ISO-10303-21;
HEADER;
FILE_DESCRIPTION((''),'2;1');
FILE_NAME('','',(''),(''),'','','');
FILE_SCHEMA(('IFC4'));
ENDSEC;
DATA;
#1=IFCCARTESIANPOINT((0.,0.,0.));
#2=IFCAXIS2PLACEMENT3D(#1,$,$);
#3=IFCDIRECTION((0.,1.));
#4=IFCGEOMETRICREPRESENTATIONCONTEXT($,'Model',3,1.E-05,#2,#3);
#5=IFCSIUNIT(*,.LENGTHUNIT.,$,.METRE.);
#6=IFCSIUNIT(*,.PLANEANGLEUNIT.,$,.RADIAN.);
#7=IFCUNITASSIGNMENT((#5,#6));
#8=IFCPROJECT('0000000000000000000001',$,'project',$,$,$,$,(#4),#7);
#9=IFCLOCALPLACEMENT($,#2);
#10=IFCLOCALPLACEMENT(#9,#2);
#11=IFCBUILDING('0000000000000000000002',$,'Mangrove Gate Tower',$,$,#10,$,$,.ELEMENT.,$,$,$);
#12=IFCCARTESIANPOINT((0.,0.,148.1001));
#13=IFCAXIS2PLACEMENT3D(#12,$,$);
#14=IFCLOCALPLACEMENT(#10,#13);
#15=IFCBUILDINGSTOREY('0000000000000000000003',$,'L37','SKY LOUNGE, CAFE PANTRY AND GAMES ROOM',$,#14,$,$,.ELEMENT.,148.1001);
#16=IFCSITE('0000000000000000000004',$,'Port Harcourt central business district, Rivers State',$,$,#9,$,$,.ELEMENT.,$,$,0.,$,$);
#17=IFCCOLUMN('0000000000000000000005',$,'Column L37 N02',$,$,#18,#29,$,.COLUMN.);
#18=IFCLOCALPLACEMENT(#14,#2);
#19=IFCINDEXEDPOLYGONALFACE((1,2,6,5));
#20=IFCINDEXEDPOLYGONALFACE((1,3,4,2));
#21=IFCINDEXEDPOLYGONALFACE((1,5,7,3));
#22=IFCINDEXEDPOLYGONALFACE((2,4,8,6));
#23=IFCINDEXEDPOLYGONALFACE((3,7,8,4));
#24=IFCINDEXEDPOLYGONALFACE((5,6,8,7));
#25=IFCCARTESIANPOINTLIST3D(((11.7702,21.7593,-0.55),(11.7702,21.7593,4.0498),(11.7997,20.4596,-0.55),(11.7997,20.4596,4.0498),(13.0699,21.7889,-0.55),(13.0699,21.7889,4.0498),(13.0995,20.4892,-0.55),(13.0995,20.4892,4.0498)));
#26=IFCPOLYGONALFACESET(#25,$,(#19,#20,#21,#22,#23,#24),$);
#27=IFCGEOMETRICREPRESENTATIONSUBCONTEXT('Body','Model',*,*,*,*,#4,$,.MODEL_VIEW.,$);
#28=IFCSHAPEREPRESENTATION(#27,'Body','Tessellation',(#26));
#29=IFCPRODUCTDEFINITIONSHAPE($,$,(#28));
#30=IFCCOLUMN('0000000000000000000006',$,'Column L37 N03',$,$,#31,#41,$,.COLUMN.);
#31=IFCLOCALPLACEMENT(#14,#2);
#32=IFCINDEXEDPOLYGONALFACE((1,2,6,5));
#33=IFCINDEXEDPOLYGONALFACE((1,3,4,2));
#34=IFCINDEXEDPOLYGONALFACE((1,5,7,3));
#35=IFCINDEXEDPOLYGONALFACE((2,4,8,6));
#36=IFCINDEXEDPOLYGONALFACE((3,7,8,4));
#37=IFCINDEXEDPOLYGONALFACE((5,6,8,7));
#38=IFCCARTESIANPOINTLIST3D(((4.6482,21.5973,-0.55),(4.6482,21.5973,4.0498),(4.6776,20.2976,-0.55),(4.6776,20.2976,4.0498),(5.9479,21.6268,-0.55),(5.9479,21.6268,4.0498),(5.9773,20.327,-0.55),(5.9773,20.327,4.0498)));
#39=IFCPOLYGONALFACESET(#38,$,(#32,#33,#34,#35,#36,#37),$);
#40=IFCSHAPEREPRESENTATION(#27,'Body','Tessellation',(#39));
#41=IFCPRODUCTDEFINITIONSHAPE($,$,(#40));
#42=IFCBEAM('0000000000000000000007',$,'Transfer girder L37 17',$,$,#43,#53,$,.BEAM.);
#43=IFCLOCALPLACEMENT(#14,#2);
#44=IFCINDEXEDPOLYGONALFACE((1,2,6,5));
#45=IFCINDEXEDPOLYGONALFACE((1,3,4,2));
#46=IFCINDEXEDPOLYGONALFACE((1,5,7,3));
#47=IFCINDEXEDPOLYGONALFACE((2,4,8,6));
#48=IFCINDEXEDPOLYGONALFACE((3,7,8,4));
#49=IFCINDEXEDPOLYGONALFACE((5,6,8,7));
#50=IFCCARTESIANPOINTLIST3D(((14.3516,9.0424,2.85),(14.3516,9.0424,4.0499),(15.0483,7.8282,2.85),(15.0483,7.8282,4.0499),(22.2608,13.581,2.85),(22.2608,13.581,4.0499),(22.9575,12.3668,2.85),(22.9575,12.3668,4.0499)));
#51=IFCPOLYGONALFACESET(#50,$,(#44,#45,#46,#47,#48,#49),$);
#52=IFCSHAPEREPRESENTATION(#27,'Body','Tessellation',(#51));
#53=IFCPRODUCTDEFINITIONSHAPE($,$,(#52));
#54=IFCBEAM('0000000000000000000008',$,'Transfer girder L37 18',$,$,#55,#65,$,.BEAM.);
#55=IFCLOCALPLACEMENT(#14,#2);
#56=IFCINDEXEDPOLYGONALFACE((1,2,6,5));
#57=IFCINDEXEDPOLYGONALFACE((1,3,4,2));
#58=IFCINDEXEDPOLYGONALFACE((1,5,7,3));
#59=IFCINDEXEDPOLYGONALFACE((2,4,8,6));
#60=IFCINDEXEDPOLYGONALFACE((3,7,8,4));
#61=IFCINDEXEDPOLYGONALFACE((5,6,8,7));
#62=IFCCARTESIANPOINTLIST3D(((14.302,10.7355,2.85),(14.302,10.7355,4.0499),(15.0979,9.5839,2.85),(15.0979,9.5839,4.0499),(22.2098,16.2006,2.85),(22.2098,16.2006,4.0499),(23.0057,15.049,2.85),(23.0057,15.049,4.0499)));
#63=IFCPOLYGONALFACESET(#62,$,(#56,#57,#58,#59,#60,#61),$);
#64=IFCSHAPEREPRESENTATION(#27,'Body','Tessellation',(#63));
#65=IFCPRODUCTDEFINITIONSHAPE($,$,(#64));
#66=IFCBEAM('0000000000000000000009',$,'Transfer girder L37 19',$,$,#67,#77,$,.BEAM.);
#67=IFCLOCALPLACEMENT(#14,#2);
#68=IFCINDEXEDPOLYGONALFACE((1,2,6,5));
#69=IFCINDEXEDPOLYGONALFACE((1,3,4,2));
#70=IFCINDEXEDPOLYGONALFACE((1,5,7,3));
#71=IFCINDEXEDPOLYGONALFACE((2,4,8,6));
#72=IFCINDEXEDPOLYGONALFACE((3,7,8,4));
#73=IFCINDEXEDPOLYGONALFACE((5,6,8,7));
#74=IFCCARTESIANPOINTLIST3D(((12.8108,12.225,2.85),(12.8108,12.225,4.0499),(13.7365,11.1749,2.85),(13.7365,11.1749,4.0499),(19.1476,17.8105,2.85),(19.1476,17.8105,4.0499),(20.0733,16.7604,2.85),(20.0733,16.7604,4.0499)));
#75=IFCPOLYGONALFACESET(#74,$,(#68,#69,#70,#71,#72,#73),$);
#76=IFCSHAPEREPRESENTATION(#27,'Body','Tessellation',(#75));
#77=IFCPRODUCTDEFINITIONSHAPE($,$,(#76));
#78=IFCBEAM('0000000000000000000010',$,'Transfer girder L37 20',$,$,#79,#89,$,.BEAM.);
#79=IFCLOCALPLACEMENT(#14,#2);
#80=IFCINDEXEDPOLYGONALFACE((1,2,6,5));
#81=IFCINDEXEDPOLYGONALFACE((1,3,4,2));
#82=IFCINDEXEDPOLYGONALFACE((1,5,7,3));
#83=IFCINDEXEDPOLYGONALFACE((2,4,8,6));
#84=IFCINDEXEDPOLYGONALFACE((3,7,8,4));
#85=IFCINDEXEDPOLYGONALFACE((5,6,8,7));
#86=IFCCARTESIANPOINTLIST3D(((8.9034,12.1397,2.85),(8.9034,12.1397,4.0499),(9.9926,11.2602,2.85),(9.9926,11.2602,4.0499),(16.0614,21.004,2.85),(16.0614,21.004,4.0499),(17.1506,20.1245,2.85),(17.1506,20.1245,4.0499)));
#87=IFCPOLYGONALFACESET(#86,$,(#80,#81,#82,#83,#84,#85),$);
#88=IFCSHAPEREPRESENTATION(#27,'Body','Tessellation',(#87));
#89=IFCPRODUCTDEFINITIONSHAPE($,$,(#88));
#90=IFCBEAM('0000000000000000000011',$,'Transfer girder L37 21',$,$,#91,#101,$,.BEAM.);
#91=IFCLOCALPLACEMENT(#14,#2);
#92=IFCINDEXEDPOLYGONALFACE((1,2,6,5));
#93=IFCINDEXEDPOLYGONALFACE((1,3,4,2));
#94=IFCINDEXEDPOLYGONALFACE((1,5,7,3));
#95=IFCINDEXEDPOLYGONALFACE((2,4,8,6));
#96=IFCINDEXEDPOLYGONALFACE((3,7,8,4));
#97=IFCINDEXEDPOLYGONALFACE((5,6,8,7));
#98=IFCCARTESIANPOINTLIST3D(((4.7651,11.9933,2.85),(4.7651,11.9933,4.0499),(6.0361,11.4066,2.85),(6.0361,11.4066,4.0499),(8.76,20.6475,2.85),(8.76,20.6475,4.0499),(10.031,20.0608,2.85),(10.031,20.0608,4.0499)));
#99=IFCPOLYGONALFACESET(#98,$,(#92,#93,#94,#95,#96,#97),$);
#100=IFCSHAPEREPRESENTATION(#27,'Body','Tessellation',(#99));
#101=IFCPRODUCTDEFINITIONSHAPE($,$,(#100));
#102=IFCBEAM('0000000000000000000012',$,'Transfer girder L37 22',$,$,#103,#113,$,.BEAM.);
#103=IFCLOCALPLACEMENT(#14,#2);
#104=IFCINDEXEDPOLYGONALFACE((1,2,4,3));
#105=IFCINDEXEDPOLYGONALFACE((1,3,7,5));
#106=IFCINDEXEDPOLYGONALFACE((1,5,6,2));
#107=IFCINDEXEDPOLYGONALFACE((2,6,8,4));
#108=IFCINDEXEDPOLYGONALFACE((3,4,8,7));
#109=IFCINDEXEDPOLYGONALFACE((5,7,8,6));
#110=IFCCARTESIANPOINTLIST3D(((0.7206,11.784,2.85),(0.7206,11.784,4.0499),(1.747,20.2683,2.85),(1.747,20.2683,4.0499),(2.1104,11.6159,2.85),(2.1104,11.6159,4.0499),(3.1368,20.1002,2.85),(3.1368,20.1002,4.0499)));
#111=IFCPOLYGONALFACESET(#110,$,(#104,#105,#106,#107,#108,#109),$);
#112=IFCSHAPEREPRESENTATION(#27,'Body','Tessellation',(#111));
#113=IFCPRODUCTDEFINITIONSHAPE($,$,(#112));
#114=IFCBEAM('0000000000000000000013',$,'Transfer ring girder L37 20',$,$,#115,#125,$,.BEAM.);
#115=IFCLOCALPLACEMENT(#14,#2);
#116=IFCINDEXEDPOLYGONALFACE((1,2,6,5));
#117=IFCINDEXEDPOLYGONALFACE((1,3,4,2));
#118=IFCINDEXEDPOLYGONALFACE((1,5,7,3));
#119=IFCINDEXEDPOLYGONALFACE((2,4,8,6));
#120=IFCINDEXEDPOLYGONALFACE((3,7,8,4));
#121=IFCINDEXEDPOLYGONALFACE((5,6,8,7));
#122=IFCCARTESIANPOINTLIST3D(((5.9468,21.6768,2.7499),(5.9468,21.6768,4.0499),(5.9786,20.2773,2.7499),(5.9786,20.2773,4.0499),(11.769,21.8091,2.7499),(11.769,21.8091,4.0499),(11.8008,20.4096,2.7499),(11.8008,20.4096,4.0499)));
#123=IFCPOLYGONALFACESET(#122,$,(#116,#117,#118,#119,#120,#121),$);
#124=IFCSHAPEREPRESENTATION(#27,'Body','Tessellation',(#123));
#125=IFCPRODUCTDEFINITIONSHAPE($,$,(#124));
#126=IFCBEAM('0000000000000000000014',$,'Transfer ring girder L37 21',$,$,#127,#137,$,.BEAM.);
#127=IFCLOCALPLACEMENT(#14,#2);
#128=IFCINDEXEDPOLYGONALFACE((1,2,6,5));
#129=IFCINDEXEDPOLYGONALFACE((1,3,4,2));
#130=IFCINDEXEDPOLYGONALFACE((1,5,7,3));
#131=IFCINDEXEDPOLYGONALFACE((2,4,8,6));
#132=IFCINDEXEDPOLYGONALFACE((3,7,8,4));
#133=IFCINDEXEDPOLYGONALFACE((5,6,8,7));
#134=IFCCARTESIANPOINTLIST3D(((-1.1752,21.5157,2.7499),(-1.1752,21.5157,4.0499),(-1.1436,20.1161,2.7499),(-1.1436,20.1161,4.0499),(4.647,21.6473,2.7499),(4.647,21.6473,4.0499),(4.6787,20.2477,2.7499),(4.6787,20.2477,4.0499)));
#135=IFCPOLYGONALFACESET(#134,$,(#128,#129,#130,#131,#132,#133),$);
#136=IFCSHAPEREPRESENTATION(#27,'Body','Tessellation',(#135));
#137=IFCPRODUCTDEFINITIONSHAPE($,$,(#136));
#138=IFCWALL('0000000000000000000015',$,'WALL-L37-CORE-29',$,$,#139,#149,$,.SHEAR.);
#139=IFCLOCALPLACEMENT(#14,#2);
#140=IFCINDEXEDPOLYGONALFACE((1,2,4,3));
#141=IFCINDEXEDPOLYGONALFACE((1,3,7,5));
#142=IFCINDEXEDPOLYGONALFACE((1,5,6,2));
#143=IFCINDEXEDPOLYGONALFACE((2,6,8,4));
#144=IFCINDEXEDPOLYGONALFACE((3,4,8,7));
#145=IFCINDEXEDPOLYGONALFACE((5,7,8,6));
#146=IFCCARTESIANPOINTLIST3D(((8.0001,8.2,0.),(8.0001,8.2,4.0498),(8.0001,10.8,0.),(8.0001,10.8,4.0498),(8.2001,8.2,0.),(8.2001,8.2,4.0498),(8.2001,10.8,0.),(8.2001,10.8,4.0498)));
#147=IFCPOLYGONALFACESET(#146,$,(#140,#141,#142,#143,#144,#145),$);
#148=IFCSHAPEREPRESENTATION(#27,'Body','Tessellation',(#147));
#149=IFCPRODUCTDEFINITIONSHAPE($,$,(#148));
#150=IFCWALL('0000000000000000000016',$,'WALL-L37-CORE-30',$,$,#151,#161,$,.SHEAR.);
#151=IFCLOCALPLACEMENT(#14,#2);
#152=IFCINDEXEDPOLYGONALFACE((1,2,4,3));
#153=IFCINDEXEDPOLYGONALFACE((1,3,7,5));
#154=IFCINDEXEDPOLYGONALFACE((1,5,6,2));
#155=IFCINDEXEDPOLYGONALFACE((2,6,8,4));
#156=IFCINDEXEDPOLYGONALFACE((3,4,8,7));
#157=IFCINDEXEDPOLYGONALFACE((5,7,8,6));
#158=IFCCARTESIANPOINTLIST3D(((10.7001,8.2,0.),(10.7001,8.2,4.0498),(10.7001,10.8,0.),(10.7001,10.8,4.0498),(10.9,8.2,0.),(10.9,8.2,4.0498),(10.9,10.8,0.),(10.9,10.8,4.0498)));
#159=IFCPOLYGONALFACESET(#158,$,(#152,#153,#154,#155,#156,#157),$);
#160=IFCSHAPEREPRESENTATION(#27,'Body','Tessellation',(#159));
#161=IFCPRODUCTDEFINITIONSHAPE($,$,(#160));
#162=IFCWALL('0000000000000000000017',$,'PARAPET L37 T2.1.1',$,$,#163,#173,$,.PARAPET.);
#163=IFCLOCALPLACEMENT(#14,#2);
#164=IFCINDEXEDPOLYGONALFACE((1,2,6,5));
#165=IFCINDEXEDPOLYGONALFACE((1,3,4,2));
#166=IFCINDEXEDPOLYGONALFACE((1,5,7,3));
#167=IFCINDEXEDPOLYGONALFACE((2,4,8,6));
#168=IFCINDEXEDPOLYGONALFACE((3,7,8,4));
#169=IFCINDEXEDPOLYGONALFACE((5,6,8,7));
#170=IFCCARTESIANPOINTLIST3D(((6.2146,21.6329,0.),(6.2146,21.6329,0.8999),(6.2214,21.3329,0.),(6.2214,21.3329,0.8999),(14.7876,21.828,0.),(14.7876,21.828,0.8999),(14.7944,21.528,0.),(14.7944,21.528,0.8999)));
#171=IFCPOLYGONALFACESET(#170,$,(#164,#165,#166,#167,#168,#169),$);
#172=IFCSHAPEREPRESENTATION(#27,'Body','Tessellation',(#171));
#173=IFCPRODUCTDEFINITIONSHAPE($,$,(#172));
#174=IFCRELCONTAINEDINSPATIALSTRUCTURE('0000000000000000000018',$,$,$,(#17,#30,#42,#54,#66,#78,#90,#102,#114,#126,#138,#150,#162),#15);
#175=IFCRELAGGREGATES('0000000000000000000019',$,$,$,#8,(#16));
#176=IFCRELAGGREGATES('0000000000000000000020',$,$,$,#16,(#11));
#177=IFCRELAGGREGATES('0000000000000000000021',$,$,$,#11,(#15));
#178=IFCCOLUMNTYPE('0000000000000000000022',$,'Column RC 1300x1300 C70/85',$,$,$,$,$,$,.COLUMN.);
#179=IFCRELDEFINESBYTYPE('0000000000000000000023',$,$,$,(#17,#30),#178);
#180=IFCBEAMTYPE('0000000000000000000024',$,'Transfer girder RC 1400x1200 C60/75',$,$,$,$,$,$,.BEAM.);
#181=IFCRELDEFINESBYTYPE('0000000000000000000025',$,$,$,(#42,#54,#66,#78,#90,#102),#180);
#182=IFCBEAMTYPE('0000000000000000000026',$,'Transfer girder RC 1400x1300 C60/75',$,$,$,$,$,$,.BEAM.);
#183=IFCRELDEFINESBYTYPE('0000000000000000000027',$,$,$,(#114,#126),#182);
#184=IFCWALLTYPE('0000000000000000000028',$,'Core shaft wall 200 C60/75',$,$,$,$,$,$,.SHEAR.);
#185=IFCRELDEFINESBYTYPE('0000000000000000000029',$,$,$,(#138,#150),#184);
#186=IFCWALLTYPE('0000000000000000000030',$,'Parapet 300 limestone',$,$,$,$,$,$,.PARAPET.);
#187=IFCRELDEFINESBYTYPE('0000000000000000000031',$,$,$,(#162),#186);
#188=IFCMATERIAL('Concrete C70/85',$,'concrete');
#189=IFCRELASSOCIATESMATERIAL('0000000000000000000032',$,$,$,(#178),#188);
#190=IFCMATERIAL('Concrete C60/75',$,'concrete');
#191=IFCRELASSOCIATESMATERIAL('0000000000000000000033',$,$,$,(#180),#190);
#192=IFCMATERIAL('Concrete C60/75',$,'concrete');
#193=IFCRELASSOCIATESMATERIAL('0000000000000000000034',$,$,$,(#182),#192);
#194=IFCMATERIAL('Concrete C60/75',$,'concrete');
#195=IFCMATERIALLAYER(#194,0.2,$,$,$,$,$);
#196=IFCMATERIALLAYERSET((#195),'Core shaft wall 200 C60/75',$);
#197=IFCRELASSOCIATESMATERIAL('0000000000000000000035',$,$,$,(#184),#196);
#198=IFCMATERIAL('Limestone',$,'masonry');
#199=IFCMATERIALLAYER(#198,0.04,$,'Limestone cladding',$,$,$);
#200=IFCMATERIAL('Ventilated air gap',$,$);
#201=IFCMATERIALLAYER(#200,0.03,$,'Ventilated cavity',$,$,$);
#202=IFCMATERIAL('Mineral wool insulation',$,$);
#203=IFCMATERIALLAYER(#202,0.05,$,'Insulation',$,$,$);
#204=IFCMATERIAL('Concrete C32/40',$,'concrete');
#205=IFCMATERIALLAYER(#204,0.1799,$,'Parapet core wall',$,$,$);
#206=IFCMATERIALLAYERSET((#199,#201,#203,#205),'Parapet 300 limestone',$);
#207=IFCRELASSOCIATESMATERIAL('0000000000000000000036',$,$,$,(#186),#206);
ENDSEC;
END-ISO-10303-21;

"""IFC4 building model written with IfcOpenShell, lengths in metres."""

from ifc_helpers import new_model, si_unit, direction, frame, frame_2d, origin, origin_2d, place, context, subcontext, project, spatial, rectangle, extrude, material, layer, layer_set, material_profile, profile_set, type_object, element, save


model = new_model("IFC4")

# Units and contexts
model_context = context("Model", 3, precision=1e-05, world=origin(), true_north=direction((0.0, 1.0)))
body_context = subcontext(model_context, "Body", "Model", "MODEL_VIEW")
ifc_project = project(units=[si_unit("LENGTHUNIT", "METRE"), si_unit("PLANEANGLEUNIT", "RADIAN")], contexts=[model_context])

# Site, building, storey
site_placement = place(None, origin())
site = spatial("IfcSite", under=ifc_project, at=site_placement, Name="Port Harcourt central business district, Rivers State", CompositionType="ELEMENT", RefElevation=0.0)
building_placement = place(site_placement, origin())
building = spatial("IfcBuilding", under=site, at=building_placement, Name="Mangrove Gate Tower", CompositionType="ELEMENT")
storey_placement = place(building_placement, frame((0.0, 0.0, 148.1001)))
storey = spatial("IfcBuildingStorey", under=building, at=storey_placement, Name="L37", Description="SKY LOUNGE, CAFE PANTRY AND GAMES ROOM", CompositionType="ELEMENT", Elevation=148.1001)

# Columns
ifc_material_1 = material(Name="Concrete C70/85", Category="concrete")
ifc_material_profile_1 = material_profile(ifc_material_1, rectangle(XDim=1.3, YDim=1.3, at=origin_2d()))
ifc_profile_set_1 = profile_set([ifc_material_profile_1], Name="Concrete C70/85")
column_type = type_object("IfcColumnType", Name="Column RC 1300x1300 C70/85", PredefinedType="COLUMN", material=ifc_profile_set_1)
for number, where, z_axis, x_axis, name in (
    (1, (12.4348, 21.1243, -0.55), (0.0, 0.0, 1.0), (-0.999741, -0.022741, 0.0), "Column L37 N02"),
    (2, (5.3127, 20.9622, -0.55), (0.0, 0.0, 1.0), (-0.999743, -0.02267, 0.0), "Column L37 N03"),
):
    element("IfcColumn", number, at=place(storey_placement, frame(where, z_axis=z_axis, x_axis=x_axis)), inside=storey, type_object=column_type, Name=name, PredefinedType="COLUMN", context=body_context, shape_type="SweptSolid", body=[
        extrude(rectangle(XDim=1.3, YDim=1.3, at=origin_2d()), origin(), (0.0, 0.0, 1.0), 4.5999),
    ])

# Beams
ifc_material_2 = material(Name="Concrete C60/75", Category="concrete")
ifc_material_profile_2 = material_profile(ifc_material_2, rectangle(XDim=1.3999, YDim=1.2, at=origin_2d()))
ifc_profile_set_2 = profile_set([ifc_material_profile_2], Name="Concrete C60/75")
beam_type_1 = type_object("IfcBeamType", Name="Transfer girder RC 1400x1200 C60/75", PredefinedType="BEAM", material=ifc_profile_set_2)
beam_1_placement = place(storey_placement, frame((14.7, 8.4353, 3.45), z_axis=(0.867342, 0.497712, 0.0), x_axis=(-0.497712, 0.867342, 0.0)))
element("IfcBeam", 3, at=beam_1_placement, inside=storey, type_object=beam_type_1, Name="Transfer girder L37 17", PredefinedType="BEAM", context=body_context, shape_type="SweptSolid", body=[
    extrude(rectangle(XDim=1.3999, YDim=1.2, at=origin_2d()), origin(), (0.0, 0.0, 1.0), 9.1189),
])
beam_2_placement = place(storey_placement, frame((14.7, 10.1597, 3.45), z_axis=(0.822654, 0.568543, 0.0), x_axis=(-0.568543, 0.822654, 0.0)))
element("IfcBeam", 4, at=beam_2_placement, inside=storey, type_object=beam_type_1, Name="Transfer girder L37 18", PredefinedType="BEAM", context=body_context, shape_type="SweptSolid", body=[
    extrude(rectangle(XDim=1.3999, YDim=1.2, at=origin_2d()), origin(), (0.0, 0.0, 1.0), 9.6125),
])
beam_3_placement = place(storey_placement, frame((13.2737, 11.7, 3.45), z_axis=(0.750174, 0.66124, 0.0), x_axis=(-0.66124, 0.750174, 0.0)))
element("IfcBeam", 5, at=beam_3_placement, inside=storey, type_object=beam_type_1, Name="Transfer girder L37 19", PredefinedType="BEAM", context=body_context, shape_type="SweptSolid", body=[
    extrude(rectangle(XDim=1.3999, YDim=1.2, at=origin_2d()), origin(), (0.0, 0.0, 1.0), 8.447),
])
beam_4_placement = place(storey_placement, frame((9.448, 11.7, 3.45), z_axis=(0.62825, 0.778011, 0.0), x_axis=(-0.778011, 0.62825, 0.0)))
element("IfcBeam", 6, at=beam_4_placement, inside=storey, type_object=beam_type_1, Name="Transfer girder L37 20", PredefinedType="BEAM", context=body_context, shape_type="SweptSolid", body=[
    extrude(rectangle(XDim=1.3999, YDim=1.2, at=origin_2d()), origin(), (0.0, 0.0, 1.0), 11.3936),
])
beam_5_placement = place(storey_placement, frame((5.4006, 11.7, 3.45), z_axis=(0.419109, 0.907936, 0.0), x_axis=(-0.907936, 0.419109, 0.0)))
element("IfcBeam", 7, at=beam_5_placement, inside=storey, type_object=beam_type_1, Name="Transfer girder L37 21", PredefinedType="BEAM", context=body_context, shape_type="SweptSolid", body=[
    extrude(rectangle(XDim=1.3999, YDim=1.2, at=origin_2d()), origin(), (0.0, 0.0, 1.0), 9.5317),
])
beam_6_placement = place(storey_placement, frame((1.4155, 11.7, 3.45), z_axis=(0.120096, 0.992762, 0.0), x_axis=(-0.992762, 0.120096, 0.0)))
element("IfcBeam", 8, at=beam_6_placement, inside=storey, type_object=beam_type_1, Name="Transfer girder L37 22", PredefinedType="BEAM", context=body_context, shape_type="SweptSolid", body=[
    extrude(rectangle(XDim=1.3999, YDim=1.2, at=origin_2d()), origin(), (0.0, 0.0, 1.0), 8.5461),
])
ifc_material_3 = material(Name="Concrete C60/75", Category="concrete")
ifc_material_profile_3 = material_profile(ifc_material_3, rectangle(XDim=1.3999, YDim=1.3, at=origin_2d()))
ifc_profile_set_3 = profile_set([ifc_material_profile_3], Name="Concrete C60/75")
beam_type_2 = type_object("IfcBeamType", Name="Transfer girder RC 1400x1300 C60/75", PredefinedType="BEAM", material=ifc_profile_set_3)
for number, where, z_axis, x_axis, name in (
    (9, (11.7849, 21.1094, 3.3999), (-0.999742, -0.022721, 0.0), (0.022721, -0.999742, 0.0), "Transfer ring girder L37 20"),
    (10, (4.6628, 20.9475, 3.3999), (-0.999745, -0.022596, 0.0), (0.022596, -0.999745, 0.0), "Transfer ring girder L37 21"),
):
    element("IfcBeam", number, at=place(storey_placement, frame(where, z_axis=z_axis, x_axis=x_axis)), inside=storey, type_object=beam_type_2, Name=name, PredefinedType="BEAM", context=body_context, shape_type="SweptSolid", body=[
        extrude(rectangle(XDim=1.3999, YDim=1.3, at=origin_2d()), origin(), (0.0, 0.0, 1.0), 5.8237),
    ])

# Walls
ifc_material_4 = material(Name="Concrete C60/75", Category="concrete")
ifc_layer_1 = layer(ifc_material_4, 0.2)
ifc_layer_set_1 = layer_set([ifc_layer_1], Name="Core shaft wall 200 C60/75")
wall_type_1 = type_object("IfcWallType", Name="Core shaft wall 200 C60/75", PredefinedType="SHEAR", material=ifc_layer_set_1)
for number, where, z_axis, x_axis, name in (
    (11, (8.1001, 8.2, 0.0), (0.0, 0.0, 1.0), (0.0, 1.0, 0.0), "WALL-L37-CORE-29"),
    (12, (10.8, 8.2, 0.0), (0.0, 0.0, 1.0), (0.0, 1.0, 0.0), "WALL-L37-CORE-30"),
):
    element("IfcWall", number, at=place(storey_placement, frame(where, z_axis=z_axis, x_axis=x_axis)), inside=storey, type_object=wall_type_1, Name=name, PredefinedType="SHEAR", context=body_context, shape_type="SweptSolid", body=[
        extrude(rectangle(XDim=2.6001, YDim=0.2, at=frame_2d((1.3, 0.0))), origin(), (0.0, 0.0, 1.0), 4.0498),
    ])
ifc_material_5 = material(Name="Limestone", Category="masonry")
ifc_layer_2 = layer(ifc_material_5, 0.04, Name="Limestone cladding")
ifc_material_6 = material(Name="Ventilated air gap")
ifc_layer_3 = layer(ifc_material_6, 0.03, Name="Ventilated cavity")
ifc_material_7 = material(Name="Mineral wool insulation")
ifc_layer_4 = layer(ifc_material_7, 0.05, Name="Insulation")
ifc_material_8 = material(Name="Concrete C32/40", Category="concrete")
ifc_layer_5 = layer(ifc_material_8, 0.1799, Name="Parapet core wall")
ifc_layer_set_2 = layer_set([ifc_layer_2, ifc_layer_3, ifc_layer_4, ifc_layer_5], Name="Parapet 300 limestone")
wall_type_2 = type_object("IfcWallType", Name="Parapet 300 limestone", PredefinedType="PARAPET", material=ifc_layer_set_2)
wall_1_placement = place(storey_placement, frame((6.218, 21.4829, 0.0), z_axis=(0.0, 0.0, 1.0), x_axis=(0.999741, 0.022748, 0.0)))
element("IfcWall", 13, at=wall_1_placement, inside=storey, type_object=wall_type_2, Name="PARAPET L37 T2.1.1", PredefinedType="PARAPET", context=body_context, shape_type="SweptSolid", body=[
    extrude(rectangle(XDim=8.5752, YDim=0.3, at=frame_2d((4.2876, 0.0))), origin(), (0.0, 0.0, 1.0), 0.8999),
])

save(model, "model.ifc")
